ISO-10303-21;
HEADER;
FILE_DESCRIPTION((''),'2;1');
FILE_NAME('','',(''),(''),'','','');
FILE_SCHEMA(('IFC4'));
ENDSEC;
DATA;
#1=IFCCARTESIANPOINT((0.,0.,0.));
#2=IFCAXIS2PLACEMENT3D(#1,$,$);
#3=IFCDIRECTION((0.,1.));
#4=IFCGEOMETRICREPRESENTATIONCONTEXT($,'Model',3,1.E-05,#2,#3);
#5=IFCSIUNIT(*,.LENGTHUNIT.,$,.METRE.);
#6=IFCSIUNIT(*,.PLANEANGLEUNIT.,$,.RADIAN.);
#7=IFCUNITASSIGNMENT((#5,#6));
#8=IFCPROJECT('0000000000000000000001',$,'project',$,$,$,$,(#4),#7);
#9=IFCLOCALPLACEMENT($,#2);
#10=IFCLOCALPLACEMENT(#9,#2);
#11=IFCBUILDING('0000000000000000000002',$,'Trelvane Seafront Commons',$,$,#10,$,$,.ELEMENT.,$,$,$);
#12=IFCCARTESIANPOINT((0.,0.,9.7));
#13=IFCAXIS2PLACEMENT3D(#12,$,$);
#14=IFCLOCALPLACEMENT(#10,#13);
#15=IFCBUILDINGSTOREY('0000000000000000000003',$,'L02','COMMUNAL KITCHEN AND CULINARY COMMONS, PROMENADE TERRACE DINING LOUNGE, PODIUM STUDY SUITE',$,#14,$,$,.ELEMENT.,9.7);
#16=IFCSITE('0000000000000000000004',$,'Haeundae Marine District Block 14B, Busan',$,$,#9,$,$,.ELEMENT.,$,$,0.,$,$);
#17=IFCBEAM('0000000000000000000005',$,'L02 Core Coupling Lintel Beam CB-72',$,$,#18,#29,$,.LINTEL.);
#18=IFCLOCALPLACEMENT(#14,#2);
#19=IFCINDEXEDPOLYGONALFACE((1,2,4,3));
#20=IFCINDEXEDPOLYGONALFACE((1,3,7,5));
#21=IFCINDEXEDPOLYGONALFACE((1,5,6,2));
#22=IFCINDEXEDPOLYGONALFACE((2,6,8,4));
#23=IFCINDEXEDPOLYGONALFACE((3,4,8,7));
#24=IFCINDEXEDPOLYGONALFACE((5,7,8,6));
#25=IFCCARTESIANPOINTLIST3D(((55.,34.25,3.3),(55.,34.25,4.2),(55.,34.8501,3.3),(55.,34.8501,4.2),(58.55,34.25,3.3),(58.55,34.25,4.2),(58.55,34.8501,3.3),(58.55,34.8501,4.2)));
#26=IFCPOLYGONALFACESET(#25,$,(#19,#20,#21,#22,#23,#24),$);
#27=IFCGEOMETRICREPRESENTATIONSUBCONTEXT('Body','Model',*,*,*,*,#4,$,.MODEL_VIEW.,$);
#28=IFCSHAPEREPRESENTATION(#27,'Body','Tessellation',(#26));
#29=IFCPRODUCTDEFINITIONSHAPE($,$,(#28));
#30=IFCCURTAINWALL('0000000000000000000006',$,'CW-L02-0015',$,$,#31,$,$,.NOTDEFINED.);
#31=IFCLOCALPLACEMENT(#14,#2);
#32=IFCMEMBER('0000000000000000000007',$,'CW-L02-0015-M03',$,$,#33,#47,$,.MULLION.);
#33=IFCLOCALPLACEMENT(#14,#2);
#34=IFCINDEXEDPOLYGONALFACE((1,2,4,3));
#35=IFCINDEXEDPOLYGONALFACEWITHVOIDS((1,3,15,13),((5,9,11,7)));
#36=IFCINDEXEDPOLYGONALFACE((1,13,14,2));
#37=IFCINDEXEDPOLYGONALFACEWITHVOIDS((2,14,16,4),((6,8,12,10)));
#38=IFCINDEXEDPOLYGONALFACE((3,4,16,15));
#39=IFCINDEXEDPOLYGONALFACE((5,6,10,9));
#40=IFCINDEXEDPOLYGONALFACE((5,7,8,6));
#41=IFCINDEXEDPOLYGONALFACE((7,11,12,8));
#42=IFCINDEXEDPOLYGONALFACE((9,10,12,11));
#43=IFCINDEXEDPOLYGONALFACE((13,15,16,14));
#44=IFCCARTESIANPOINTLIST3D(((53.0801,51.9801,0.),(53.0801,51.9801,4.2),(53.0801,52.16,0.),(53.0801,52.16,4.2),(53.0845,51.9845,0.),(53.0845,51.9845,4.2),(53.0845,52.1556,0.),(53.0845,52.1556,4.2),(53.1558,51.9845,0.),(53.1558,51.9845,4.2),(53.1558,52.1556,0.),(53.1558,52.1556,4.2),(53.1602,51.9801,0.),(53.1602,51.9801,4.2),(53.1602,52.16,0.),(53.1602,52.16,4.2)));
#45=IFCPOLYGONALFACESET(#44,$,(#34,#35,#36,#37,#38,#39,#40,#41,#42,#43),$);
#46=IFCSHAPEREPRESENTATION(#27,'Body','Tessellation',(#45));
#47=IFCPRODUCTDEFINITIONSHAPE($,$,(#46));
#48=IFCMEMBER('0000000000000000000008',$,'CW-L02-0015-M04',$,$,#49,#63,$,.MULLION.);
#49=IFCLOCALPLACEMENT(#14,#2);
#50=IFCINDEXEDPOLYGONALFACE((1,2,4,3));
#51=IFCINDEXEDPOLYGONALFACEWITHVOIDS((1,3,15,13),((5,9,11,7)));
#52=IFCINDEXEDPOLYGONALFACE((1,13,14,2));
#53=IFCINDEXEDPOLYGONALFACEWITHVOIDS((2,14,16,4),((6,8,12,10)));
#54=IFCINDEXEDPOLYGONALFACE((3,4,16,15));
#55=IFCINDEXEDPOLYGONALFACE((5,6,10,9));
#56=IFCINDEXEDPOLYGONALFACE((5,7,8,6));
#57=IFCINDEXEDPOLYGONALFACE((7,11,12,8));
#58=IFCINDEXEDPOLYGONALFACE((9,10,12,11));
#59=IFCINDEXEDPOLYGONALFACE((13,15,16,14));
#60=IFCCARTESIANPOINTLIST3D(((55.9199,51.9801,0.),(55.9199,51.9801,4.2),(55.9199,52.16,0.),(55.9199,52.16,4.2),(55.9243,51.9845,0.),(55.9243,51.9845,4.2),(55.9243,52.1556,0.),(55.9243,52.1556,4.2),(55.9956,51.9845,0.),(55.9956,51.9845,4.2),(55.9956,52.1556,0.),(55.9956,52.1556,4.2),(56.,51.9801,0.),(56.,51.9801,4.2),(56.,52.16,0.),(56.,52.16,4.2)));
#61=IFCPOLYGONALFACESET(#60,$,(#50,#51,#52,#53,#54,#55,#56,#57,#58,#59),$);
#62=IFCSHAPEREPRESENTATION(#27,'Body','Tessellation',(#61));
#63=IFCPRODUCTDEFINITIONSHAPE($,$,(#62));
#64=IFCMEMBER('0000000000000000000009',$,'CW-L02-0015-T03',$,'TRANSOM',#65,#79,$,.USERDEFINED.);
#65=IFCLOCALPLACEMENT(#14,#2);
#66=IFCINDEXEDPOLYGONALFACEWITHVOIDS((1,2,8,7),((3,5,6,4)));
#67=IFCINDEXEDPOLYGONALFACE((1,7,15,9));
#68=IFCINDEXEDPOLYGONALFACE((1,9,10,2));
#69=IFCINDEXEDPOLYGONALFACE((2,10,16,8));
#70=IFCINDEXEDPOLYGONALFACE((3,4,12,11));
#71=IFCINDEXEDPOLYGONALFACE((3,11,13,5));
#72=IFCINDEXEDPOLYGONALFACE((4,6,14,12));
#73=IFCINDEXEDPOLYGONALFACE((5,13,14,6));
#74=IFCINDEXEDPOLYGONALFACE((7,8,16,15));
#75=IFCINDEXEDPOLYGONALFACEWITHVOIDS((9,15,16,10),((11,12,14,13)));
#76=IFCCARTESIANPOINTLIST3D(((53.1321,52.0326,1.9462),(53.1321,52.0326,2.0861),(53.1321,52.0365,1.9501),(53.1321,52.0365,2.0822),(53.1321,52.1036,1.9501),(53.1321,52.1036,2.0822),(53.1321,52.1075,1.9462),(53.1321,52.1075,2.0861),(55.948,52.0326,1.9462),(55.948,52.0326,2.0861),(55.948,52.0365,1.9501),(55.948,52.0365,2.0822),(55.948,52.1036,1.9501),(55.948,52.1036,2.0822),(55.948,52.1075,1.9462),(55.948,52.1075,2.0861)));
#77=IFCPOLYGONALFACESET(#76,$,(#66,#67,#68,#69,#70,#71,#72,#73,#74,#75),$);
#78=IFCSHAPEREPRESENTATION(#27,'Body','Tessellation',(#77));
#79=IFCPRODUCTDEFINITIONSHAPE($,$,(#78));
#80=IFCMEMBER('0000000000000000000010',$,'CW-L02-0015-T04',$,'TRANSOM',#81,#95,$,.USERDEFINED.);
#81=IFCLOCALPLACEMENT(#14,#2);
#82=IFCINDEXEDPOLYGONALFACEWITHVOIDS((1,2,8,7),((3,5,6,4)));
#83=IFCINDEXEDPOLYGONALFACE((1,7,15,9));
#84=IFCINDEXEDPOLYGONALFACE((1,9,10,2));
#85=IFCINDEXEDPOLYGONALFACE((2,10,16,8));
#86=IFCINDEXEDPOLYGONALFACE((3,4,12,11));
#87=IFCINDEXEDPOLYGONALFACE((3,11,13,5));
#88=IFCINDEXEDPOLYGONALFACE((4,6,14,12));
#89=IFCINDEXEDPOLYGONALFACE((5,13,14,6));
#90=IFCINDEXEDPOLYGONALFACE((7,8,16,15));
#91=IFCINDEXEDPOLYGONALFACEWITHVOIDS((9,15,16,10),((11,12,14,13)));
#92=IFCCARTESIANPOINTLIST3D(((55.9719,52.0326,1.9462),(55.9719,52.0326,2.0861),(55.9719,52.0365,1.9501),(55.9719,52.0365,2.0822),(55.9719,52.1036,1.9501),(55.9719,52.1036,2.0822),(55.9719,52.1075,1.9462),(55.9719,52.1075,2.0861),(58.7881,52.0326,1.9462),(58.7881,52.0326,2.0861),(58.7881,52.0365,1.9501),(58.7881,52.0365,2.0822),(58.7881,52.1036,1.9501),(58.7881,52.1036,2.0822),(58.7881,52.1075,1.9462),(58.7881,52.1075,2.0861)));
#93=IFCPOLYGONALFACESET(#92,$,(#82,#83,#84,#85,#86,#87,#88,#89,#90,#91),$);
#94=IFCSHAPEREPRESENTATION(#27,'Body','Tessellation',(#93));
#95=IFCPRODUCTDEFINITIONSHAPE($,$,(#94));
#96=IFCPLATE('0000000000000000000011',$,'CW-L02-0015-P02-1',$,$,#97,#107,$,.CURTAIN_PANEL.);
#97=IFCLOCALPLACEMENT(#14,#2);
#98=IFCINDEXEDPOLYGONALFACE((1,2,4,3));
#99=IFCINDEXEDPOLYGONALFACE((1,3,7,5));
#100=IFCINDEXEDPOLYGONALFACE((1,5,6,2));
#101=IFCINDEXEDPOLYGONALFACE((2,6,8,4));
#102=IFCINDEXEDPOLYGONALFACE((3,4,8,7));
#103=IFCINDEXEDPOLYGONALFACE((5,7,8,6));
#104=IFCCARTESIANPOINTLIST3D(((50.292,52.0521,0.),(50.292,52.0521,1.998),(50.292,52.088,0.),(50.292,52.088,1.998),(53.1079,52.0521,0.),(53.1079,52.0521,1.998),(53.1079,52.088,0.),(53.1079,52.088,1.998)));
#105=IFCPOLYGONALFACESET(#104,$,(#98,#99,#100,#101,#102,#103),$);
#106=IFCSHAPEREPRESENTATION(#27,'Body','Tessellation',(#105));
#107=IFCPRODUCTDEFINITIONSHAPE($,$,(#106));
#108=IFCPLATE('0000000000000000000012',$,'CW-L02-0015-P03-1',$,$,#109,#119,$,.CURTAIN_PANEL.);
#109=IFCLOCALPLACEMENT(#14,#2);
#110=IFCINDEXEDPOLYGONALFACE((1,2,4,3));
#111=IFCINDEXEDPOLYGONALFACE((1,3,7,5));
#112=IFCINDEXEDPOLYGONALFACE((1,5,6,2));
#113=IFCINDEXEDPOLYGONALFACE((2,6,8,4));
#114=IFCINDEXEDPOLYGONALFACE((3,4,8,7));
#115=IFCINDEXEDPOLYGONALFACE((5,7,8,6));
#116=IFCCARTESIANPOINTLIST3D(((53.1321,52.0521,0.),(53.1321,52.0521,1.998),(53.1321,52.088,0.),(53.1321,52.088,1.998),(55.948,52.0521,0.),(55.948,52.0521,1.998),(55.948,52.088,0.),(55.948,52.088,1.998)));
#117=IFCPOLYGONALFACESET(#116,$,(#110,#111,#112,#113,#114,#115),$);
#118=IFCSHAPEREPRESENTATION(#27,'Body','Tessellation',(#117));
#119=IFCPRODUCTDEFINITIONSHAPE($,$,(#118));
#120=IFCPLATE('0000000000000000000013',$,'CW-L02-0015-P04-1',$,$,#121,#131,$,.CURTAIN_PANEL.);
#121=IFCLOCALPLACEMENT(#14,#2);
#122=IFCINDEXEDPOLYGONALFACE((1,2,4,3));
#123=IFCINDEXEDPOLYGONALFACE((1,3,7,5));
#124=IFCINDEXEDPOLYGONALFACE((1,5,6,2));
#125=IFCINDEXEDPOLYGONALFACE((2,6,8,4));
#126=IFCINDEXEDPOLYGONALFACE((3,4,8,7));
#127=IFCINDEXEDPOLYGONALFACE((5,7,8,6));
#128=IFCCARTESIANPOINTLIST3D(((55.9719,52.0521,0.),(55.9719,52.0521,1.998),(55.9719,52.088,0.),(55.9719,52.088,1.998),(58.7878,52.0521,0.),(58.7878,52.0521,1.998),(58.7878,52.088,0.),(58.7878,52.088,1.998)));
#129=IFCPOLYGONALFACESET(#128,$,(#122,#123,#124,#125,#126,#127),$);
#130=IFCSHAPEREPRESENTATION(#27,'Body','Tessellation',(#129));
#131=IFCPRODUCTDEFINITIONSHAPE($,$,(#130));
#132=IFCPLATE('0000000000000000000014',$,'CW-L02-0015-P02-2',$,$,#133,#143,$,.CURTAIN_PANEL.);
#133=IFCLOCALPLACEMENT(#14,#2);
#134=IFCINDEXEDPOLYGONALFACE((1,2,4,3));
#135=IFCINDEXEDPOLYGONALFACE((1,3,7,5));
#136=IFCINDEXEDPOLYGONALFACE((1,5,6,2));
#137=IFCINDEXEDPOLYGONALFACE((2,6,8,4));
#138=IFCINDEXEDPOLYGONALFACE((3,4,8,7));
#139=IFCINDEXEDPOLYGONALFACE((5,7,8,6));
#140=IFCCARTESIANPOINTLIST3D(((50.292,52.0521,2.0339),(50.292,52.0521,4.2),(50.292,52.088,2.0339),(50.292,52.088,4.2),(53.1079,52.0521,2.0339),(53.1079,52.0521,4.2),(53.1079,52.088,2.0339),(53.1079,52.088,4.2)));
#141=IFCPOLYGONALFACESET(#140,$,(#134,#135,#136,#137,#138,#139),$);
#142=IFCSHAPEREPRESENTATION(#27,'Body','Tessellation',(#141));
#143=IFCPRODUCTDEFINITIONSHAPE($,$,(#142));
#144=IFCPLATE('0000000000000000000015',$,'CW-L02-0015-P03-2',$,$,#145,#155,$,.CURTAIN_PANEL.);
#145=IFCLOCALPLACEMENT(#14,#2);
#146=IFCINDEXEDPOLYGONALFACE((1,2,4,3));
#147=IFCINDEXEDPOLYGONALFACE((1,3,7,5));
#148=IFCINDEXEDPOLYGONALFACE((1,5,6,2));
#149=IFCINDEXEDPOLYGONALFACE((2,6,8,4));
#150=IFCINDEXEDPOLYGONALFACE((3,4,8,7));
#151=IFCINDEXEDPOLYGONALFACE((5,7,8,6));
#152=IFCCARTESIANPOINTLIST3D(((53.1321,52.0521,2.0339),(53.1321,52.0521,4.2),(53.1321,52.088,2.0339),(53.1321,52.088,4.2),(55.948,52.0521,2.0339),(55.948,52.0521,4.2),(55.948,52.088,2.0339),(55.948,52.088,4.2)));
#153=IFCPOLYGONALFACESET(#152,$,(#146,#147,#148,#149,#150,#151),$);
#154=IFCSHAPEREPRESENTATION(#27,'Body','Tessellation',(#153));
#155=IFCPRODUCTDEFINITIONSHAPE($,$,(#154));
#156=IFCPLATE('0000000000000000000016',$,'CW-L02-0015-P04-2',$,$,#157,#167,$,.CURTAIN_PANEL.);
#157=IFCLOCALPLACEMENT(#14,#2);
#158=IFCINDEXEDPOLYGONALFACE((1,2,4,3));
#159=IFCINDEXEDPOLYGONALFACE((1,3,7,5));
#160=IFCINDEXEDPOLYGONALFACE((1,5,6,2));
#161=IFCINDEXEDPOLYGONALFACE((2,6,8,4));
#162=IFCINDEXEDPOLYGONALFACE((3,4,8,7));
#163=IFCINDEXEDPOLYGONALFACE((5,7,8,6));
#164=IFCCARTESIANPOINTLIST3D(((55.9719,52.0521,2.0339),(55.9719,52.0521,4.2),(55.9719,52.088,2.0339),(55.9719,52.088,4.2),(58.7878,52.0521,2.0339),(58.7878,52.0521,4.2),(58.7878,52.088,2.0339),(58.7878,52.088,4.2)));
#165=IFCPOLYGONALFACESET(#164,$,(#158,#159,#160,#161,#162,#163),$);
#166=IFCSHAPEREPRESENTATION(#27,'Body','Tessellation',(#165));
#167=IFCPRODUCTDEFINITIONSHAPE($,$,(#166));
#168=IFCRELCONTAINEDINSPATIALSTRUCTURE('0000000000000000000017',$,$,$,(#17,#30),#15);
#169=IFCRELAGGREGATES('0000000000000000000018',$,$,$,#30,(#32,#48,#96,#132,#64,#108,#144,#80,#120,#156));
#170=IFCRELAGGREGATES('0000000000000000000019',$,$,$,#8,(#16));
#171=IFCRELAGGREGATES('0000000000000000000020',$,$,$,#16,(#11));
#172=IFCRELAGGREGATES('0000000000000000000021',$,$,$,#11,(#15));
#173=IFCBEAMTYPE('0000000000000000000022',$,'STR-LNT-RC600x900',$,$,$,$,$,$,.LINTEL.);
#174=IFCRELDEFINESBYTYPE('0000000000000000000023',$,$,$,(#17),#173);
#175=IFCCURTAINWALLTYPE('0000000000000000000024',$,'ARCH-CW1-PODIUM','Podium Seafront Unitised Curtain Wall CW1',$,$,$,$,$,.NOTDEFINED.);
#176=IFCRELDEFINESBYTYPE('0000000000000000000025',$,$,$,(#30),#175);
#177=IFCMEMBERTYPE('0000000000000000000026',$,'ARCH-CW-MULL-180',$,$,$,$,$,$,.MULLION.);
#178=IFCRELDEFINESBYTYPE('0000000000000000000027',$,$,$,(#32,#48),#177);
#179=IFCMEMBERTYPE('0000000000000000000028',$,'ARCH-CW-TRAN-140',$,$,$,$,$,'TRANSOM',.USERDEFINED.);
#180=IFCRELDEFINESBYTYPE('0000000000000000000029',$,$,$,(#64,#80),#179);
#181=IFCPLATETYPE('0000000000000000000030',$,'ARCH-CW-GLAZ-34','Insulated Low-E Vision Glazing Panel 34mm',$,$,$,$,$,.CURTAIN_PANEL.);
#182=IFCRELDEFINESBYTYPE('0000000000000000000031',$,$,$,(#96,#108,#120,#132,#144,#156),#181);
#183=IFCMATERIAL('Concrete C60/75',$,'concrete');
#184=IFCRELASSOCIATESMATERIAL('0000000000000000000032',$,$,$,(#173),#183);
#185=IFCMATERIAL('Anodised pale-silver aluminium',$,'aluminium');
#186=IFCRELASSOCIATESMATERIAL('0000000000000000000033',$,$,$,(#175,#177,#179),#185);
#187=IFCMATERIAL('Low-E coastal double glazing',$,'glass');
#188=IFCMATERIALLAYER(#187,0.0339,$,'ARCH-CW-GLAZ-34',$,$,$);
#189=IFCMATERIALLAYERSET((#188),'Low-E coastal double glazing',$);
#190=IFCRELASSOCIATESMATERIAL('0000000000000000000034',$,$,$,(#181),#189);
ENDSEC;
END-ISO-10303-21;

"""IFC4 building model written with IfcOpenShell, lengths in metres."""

from ifc_helpers import new_model, si_unit, direction, frame, origin, origin_2d, place, context, subcontext, project, spatial, rectangle, hollow_rectangle, extrude, source, transform, mapped, material, layer, layer_set, material_profile, profile_set, type_object, element, aggregate, save


model = new_model("IFC4")

# Units and contexts
model_context = context("Model", 3, precision=1e-05, world=origin(), true_north=direction((0.0, 1.0)))
body_context = subcontext(model_context, "Body", "Model", "MODEL_VIEW")
ifc_project = project(units=[si_unit("LENGTHUNIT", "METRE"), si_unit("PLANEANGLEUNIT", "RADIAN")], contexts=[model_context])

# Site, building, storey
site_placement = place(None, origin())
site = spatial("IfcSite", under=ifc_project, at=site_placement, Name="Haeundae Marine District Block 14B, Busan", CompositionType="ELEMENT", RefElevation=0.0)
building_placement = place(site_placement, origin())
building = spatial("IfcBuilding", under=site, at=building_placement, Name="Trelvane Seafront Commons", CompositionType="ELEMENT")
storey_placement = place(building_placement, frame((0.0, 0.0, 9.7)))
storey = spatial("IfcBuildingStorey", under=building, at=storey_placement, Name="L02", Description="COMMUNAL KITCHEN AND CULINARY COMMONS, PROMENADE TERRACE DINING LOUNGE, PODIUM STUDY SUITE", CompositionType="ELEMENT", Elevation=9.7)

# Beam
ifc_material_1 = material(Name="Concrete C60/75", Category="concrete")
ifc_material_profile_1 = material_profile(ifc_material_1, rectangle(XDim=0.6001, YDim=0.8999, at=origin_2d()), Name="RC-600x900")
ifc_profile_set_1 = profile_set([ifc_material_profile_1], Name="Concrete C60/75")
beam_type = type_object("IfcBeamType", Name="STR-LNT-RC600x900", PredefinedType="LINTEL", material=ifc_profile_set_1)
shared_shape_1 = source(origin(), body_context, "Body", "SweptSolid", [
    extrude(rectangle(XDim=0.6001, YDim=0.8999, at=origin_2d()), origin(), (0.0, 0.0, 1.0), 3.55),
])
beam_placement = place(storey_placement, frame((55.0, 34.55, 3.75), z_axis=(1.0, 0.0, 0.0), x_axis=(0.0, 1.0, 0.0)))
element("IfcBeam", 1, at=beam_placement, inside=storey, type_object=beam_type, Name="L02 Core Coupling Lintel Beam CB-72", PredefinedType="LINTEL", context=body_context, shape_type="MappedRepresentation", body=[
    mapped(shared_shape_1, transform((0.0, 0.0, 0.0), x_axis=(1.0, 0.0, 0.0), y_axis=(0.0, 1.0, 0.0), z_axis=(0.0, 0.0, 1.0), scale=1.0)),
])

# Curtain wall, members, plates
ifc_material_2 = material(Name="Anodised pale-silver aluminium", Category="aluminium")
curtain_wall_type = type_object("IfcCurtainWallType", Name="ARCH-CW1-PODIUM", Description="Podium Seafront Unitised Curtain Wall CW1", PredefinedType="NOTDEFINED", material=ifc_material_2)
curtain_wall_placement = place(storey_placement, origin())
curtain_wall = element("IfcCurtainWall", 2, at=curtain_wall_placement, inside=storey, type_object=curtain_wall_type, Name="CW-L02-0015", PredefinedType="NOTDEFINED")
ifc_material_profile_2 = material_profile(ifc_material_2, hollow_rectangle(XDim=0.0801, YDim=0.1799, WallThickness=0.0044, at=origin_2d()), Name="MULL-80x180x4.5")
ifc_profile_set_2 = profile_set([ifc_material_profile_2], Name="Anodised pale-silver aluminium")
member_type_1 = type_object("IfcMemberType", Name="ARCH-CW-MULL-180", PredefinedType="MULLION", material=ifc_profile_set_2)
shared_shape_2 = source(origin(), body_context, "Body", "SweptSolid", [
    extrude(hollow_rectangle(XDim=0.0801, YDim=0.1799, WallThickness=0.0044, at=origin_2d()), origin(), (0.0, 0.0, 1.0), 4.2),
])
member_1_placement = place(storey_placement, frame((53.1201, 52.0701, 0.0), z_axis=(0.0, 0.0, 1.0), x_axis=(1.0, 0.0, 0.0)))
member_1 = element("IfcMember", 3, at=member_1_placement, type_object=member_type_1, Name="CW-L02-0015-M03", PredefinedType="MULLION", context=body_context, shape_type="MappedRepresentation", body=[
    mapped(shared_shape_2, transform((0.0, 0.0, 0.0), x_axis=(1.0, 0.0, 0.0), y_axis=(0.0, 1.0, 0.0), z_axis=(0.0, 0.0, 1.0), scale=1.0)),
])
member_2_placement = place(storey_placement, frame((55.96, 52.0701, 0.0), z_axis=(0.0, 0.0, 1.0), x_axis=(1.0, 0.0, 0.0)))
member_2 = element("IfcMember", 4, at=member_2_placement, type_object=member_type_1, Name="CW-L02-0015-M04", PredefinedType="MULLION", context=body_context, shape_type="MappedRepresentation", body=[
    mapped(shared_shape_2, transform((0.0, 0.0, 0.0), x_axis=(1.0, 0.0, 0.0), y_axis=(0.0, 1.0, 0.0), z_axis=(0.0, 0.0, 1.0), scale=1.0)),
])
ifc_material_profile_3 = material_profile(ifc_material_2, hollow_rectangle(XDim=0.075, YDim=0.1399, WallThickness=0.0039, at=origin_2d()), Name="TRAN-75x140x4")
ifc_profile_set_3 = profile_set([ifc_material_profile_3], Name="Anodised pale-silver aluminium")
member_type_2 = type_object("IfcMemberType", Name="ARCH-CW-TRAN-140", ElementType="TRANSOM", PredefinedType="USERDEFINED", material=ifc_profile_set_3)
shared_shape_3 = source(origin(), body_context, "Body", "SweptSolid", [
    extrude(hollow_rectangle(XDim=0.075, YDim=0.1399, WallThickness=0.0039, at=origin_2d()), origin(), (0.0, 0.0, 1.0), 2.8159),
])
member_3_placement = place(storey_placement, frame((53.1321, 52.0701, 2.0161), z_axis=(1.0, 0.0, 0.0), x_axis=(0.0, 1.0, 0.0)))
member_3 = element("IfcMember", 5, at=member_3_placement, type_object=member_type_2, Name="CW-L02-0015-T03", ObjectType="TRANSOM", PredefinedType="USERDEFINED", context=body_context, shape_type="MappedRepresentation", body=[
    mapped(shared_shape_3, transform((0.0, 0.0, 0.0), x_axis=(1.0, 0.0, 0.0), y_axis=(0.0, 1.0, 0.0), z_axis=(0.0, 0.0, 1.0), scale=1.0)),
])
shared_shape_4 = source(origin(), body_context, "Body", "SweptSolid", [
    extrude(hollow_rectangle(XDim=0.075, YDim=0.1399, WallThickness=0.0039, at=origin_2d()), origin(), (0.0, 0.0, 1.0), 2.8162),
])
member_4_placement = place(storey_placement, frame((55.9719, 52.0701, 2.0161), z_axis=(1.0, 0.0, 0.0), x_axis=(0.0, 1.0, 0.0)))
member_4 = element("IfcMember", 6, at=member_4_placement, type_object=member_type_2, Name="CW-L02-0015-T04", ObjectType="TRANSOM", PredefinedType="USERDEFINED", context=body_context, shape_type="MappedRepresentation", body=[
    mapped(shared_shape_4, transform((0.0, 0.0, 0.0), x_axis=(1.0, 0.0, 0.0), y_axis=(0.0, 1.0, 0.0), z_axis=(0.0, 0.0, 1.0), scale=1.0)),
])
ifc_material_3 = material(Name="Low-E coastal double glazing", Category="glass")
ifc_layer_1 = layer(ifc_material_3, 0.0339, Name="ARCH-CW-GLAZ-34")
ifc_layer_set_1 = layer_set([ifc_layer_1], Name="Low-E coastal double glazing")
plate_type = type_object("IfcPlateType", Name="ARCH-CW-GLAZ-34", Description="Insulated Low-E Vision Glazing Panel 34mm", PredefinedType="CURTAIN_PANEL", material=ifc_layer_set_1)
shared_shape_5 = source(origin(), body_context, "Body", "SweptSolid", [
    extrude(rectangle(XDim=2.8159, YDim=0.0359, at=origin_2d()), origin(), (0.0, 0.0, 1.0), 1.998),
])
plate_1_placement = place(storey_placement, frame((51.7, 52.0701, 0.0), z_axis=(0.0, 0.0, 1.0), x_axis=(1.0, 0.0, 0.0)))
plate_1 = element("IfcPlate", 7, at=plate_1_placement, type_object=plate_type, Name="CW-L02-0015-P02-1", PredefinedType="CURTAIN_PANEL", context=body_context, shape_type="MappedRepresentation", body=[
    mapped(shared_shape_5, transform((0.0, 0.0, 0.0), x_axis=(1.0, 0.0, 0.0), y_axis=(0.0, 1.0, 0.0), z_axis=(0.0, 0.0, 1.0), scale=1.0)),
])
plate_2_placement = place(storey_placement, frame((54.54, 52.0701, 0.0), z_axis=(0.0, 0.0, 1.0), x_axis=(1.0, 0.0, 0.0)))
plate_2 = element("IfcPlate", 8, at=plate_2_placement, type_object=plate_type, Name="CW-L02-0015-P03-1", PredefinedType="CURTAIN_PANEL", context=body_context, shape_type="MappedRepresentation", body=[
    mapped(shared_shape_5, transform((0.0, 0.0, 0.0), x_axis=(1.0, 0.0, 0.0), y_axis=(0.0, 1.0, 0.0), z_axis=(0.0, 0.0, 1.0), scale=1.0)),
])
plate_3_placement = place(storey_placement, frame((57.3799, 52.0701, 0.0), z_axis=(0.0, 0.0, 1.0), x_axis=(1.0, 0.0, 0.0)))
plate_3 = element("IfcPlate", 9, at=plate_3_placement, type_object=plate_type, Name="CW-L02-0015-P04-1", PredefinedType="CURTAIN_PANEL", context=body_context, shape_type="MappedRepresentation", body=[
    mapped(shared_shape_5, transform((0.0, 0.0, 0.0), x_axis=(1.0, 0.0, 0.0), y_axis=(0.0, 1.0, 0.0), z_axis=(0.0, 0.0, 1.0), scale=1.0)),
])
shared_shape_6 = source(origin(), body_context, "Body", "SweptSolid", [
    extrude(rectangle(XDim=2.8159, YDim=0.0359, at=origin_2d()), origin(), (0.0, 0.0, 1.0), 2.166),
])
plate_4_placement = place(storey_placement, frame((51.7, 52.0701, 2.0339), z_axis=(0.0, 0.0, 1.0), x_axis=(1.0, 0.0, 0.0)))
plate_4 = element("IfcPlate", 10, at=plate_4_placement, type_object=plate_type, Name="CW-L02-0015-P02-2", PredefinedType="CURTAIN_PANEL", context=body_context, shape_type="MappedRepresentation", body=[
    mapped(shared_shape_6, transform((0.0, 0.0, 0.0), x_axis=(1.0, 0.0, 0.0), y_axis=(0.0, 1.0, 0.0), z_axis=(0.0, 0.0, 1.0), scale=1.0)),
])
plate_5_placement = place(storey_placement, frame((54.54, 52.0701, 2.0339), z_axis=(0.0, 0.0, 1.0), x_axis=(1.0, 0.0, 0.0)))
plate_5 = element("IfcPlate", 11, at=plate_5_placement, type_object=plate_type, Name="CW-L02-0015-P03-2", PredefinedType="CURTAIN_PANEL", context=body_context, shape_type="MappedRepresentation", body=[
    mapped(shared_shape_6, transform((0.0, 0.0, 0.0), x_axis=(1.0, 0.0, 0.0), y_axis=(0.0, 1.0, 0.0), z_axis=(0.0, 0.0, 1.0), scale=1.0)),
])
plate_6_placement = place(storey_placement, frame((57.3799, 52.0701, 2.0339), z_axis=(0.0, 0.0, 1.0), x_axis=(1.0, 0.0, 0.0)))
plate_6 = element("IfcPlate", 12, at=plate_6_placement, type_object=plate_type, Name="CW-L02-0015-P04-2", PredefinedType="CURTAIN_PANEL", context=body_context, shape_type="MappedRepresentation", body=[
    mapped(shared_shape_6, transform((0.0, 0.0, 0.0), x_axis=(1.0, 0.0, 0.0), y_axis=(0.0, 1.0, 0.0), z_axis=(0.0, 0.0, 1.0), scale=1.0)),
])
aggregate(curtain_wall, [member_1, member_2, plate_1, plate_4, member_3, plate_2, plate_5, member_4, plate_3, plate_6])

save(model, "model.ifc")
